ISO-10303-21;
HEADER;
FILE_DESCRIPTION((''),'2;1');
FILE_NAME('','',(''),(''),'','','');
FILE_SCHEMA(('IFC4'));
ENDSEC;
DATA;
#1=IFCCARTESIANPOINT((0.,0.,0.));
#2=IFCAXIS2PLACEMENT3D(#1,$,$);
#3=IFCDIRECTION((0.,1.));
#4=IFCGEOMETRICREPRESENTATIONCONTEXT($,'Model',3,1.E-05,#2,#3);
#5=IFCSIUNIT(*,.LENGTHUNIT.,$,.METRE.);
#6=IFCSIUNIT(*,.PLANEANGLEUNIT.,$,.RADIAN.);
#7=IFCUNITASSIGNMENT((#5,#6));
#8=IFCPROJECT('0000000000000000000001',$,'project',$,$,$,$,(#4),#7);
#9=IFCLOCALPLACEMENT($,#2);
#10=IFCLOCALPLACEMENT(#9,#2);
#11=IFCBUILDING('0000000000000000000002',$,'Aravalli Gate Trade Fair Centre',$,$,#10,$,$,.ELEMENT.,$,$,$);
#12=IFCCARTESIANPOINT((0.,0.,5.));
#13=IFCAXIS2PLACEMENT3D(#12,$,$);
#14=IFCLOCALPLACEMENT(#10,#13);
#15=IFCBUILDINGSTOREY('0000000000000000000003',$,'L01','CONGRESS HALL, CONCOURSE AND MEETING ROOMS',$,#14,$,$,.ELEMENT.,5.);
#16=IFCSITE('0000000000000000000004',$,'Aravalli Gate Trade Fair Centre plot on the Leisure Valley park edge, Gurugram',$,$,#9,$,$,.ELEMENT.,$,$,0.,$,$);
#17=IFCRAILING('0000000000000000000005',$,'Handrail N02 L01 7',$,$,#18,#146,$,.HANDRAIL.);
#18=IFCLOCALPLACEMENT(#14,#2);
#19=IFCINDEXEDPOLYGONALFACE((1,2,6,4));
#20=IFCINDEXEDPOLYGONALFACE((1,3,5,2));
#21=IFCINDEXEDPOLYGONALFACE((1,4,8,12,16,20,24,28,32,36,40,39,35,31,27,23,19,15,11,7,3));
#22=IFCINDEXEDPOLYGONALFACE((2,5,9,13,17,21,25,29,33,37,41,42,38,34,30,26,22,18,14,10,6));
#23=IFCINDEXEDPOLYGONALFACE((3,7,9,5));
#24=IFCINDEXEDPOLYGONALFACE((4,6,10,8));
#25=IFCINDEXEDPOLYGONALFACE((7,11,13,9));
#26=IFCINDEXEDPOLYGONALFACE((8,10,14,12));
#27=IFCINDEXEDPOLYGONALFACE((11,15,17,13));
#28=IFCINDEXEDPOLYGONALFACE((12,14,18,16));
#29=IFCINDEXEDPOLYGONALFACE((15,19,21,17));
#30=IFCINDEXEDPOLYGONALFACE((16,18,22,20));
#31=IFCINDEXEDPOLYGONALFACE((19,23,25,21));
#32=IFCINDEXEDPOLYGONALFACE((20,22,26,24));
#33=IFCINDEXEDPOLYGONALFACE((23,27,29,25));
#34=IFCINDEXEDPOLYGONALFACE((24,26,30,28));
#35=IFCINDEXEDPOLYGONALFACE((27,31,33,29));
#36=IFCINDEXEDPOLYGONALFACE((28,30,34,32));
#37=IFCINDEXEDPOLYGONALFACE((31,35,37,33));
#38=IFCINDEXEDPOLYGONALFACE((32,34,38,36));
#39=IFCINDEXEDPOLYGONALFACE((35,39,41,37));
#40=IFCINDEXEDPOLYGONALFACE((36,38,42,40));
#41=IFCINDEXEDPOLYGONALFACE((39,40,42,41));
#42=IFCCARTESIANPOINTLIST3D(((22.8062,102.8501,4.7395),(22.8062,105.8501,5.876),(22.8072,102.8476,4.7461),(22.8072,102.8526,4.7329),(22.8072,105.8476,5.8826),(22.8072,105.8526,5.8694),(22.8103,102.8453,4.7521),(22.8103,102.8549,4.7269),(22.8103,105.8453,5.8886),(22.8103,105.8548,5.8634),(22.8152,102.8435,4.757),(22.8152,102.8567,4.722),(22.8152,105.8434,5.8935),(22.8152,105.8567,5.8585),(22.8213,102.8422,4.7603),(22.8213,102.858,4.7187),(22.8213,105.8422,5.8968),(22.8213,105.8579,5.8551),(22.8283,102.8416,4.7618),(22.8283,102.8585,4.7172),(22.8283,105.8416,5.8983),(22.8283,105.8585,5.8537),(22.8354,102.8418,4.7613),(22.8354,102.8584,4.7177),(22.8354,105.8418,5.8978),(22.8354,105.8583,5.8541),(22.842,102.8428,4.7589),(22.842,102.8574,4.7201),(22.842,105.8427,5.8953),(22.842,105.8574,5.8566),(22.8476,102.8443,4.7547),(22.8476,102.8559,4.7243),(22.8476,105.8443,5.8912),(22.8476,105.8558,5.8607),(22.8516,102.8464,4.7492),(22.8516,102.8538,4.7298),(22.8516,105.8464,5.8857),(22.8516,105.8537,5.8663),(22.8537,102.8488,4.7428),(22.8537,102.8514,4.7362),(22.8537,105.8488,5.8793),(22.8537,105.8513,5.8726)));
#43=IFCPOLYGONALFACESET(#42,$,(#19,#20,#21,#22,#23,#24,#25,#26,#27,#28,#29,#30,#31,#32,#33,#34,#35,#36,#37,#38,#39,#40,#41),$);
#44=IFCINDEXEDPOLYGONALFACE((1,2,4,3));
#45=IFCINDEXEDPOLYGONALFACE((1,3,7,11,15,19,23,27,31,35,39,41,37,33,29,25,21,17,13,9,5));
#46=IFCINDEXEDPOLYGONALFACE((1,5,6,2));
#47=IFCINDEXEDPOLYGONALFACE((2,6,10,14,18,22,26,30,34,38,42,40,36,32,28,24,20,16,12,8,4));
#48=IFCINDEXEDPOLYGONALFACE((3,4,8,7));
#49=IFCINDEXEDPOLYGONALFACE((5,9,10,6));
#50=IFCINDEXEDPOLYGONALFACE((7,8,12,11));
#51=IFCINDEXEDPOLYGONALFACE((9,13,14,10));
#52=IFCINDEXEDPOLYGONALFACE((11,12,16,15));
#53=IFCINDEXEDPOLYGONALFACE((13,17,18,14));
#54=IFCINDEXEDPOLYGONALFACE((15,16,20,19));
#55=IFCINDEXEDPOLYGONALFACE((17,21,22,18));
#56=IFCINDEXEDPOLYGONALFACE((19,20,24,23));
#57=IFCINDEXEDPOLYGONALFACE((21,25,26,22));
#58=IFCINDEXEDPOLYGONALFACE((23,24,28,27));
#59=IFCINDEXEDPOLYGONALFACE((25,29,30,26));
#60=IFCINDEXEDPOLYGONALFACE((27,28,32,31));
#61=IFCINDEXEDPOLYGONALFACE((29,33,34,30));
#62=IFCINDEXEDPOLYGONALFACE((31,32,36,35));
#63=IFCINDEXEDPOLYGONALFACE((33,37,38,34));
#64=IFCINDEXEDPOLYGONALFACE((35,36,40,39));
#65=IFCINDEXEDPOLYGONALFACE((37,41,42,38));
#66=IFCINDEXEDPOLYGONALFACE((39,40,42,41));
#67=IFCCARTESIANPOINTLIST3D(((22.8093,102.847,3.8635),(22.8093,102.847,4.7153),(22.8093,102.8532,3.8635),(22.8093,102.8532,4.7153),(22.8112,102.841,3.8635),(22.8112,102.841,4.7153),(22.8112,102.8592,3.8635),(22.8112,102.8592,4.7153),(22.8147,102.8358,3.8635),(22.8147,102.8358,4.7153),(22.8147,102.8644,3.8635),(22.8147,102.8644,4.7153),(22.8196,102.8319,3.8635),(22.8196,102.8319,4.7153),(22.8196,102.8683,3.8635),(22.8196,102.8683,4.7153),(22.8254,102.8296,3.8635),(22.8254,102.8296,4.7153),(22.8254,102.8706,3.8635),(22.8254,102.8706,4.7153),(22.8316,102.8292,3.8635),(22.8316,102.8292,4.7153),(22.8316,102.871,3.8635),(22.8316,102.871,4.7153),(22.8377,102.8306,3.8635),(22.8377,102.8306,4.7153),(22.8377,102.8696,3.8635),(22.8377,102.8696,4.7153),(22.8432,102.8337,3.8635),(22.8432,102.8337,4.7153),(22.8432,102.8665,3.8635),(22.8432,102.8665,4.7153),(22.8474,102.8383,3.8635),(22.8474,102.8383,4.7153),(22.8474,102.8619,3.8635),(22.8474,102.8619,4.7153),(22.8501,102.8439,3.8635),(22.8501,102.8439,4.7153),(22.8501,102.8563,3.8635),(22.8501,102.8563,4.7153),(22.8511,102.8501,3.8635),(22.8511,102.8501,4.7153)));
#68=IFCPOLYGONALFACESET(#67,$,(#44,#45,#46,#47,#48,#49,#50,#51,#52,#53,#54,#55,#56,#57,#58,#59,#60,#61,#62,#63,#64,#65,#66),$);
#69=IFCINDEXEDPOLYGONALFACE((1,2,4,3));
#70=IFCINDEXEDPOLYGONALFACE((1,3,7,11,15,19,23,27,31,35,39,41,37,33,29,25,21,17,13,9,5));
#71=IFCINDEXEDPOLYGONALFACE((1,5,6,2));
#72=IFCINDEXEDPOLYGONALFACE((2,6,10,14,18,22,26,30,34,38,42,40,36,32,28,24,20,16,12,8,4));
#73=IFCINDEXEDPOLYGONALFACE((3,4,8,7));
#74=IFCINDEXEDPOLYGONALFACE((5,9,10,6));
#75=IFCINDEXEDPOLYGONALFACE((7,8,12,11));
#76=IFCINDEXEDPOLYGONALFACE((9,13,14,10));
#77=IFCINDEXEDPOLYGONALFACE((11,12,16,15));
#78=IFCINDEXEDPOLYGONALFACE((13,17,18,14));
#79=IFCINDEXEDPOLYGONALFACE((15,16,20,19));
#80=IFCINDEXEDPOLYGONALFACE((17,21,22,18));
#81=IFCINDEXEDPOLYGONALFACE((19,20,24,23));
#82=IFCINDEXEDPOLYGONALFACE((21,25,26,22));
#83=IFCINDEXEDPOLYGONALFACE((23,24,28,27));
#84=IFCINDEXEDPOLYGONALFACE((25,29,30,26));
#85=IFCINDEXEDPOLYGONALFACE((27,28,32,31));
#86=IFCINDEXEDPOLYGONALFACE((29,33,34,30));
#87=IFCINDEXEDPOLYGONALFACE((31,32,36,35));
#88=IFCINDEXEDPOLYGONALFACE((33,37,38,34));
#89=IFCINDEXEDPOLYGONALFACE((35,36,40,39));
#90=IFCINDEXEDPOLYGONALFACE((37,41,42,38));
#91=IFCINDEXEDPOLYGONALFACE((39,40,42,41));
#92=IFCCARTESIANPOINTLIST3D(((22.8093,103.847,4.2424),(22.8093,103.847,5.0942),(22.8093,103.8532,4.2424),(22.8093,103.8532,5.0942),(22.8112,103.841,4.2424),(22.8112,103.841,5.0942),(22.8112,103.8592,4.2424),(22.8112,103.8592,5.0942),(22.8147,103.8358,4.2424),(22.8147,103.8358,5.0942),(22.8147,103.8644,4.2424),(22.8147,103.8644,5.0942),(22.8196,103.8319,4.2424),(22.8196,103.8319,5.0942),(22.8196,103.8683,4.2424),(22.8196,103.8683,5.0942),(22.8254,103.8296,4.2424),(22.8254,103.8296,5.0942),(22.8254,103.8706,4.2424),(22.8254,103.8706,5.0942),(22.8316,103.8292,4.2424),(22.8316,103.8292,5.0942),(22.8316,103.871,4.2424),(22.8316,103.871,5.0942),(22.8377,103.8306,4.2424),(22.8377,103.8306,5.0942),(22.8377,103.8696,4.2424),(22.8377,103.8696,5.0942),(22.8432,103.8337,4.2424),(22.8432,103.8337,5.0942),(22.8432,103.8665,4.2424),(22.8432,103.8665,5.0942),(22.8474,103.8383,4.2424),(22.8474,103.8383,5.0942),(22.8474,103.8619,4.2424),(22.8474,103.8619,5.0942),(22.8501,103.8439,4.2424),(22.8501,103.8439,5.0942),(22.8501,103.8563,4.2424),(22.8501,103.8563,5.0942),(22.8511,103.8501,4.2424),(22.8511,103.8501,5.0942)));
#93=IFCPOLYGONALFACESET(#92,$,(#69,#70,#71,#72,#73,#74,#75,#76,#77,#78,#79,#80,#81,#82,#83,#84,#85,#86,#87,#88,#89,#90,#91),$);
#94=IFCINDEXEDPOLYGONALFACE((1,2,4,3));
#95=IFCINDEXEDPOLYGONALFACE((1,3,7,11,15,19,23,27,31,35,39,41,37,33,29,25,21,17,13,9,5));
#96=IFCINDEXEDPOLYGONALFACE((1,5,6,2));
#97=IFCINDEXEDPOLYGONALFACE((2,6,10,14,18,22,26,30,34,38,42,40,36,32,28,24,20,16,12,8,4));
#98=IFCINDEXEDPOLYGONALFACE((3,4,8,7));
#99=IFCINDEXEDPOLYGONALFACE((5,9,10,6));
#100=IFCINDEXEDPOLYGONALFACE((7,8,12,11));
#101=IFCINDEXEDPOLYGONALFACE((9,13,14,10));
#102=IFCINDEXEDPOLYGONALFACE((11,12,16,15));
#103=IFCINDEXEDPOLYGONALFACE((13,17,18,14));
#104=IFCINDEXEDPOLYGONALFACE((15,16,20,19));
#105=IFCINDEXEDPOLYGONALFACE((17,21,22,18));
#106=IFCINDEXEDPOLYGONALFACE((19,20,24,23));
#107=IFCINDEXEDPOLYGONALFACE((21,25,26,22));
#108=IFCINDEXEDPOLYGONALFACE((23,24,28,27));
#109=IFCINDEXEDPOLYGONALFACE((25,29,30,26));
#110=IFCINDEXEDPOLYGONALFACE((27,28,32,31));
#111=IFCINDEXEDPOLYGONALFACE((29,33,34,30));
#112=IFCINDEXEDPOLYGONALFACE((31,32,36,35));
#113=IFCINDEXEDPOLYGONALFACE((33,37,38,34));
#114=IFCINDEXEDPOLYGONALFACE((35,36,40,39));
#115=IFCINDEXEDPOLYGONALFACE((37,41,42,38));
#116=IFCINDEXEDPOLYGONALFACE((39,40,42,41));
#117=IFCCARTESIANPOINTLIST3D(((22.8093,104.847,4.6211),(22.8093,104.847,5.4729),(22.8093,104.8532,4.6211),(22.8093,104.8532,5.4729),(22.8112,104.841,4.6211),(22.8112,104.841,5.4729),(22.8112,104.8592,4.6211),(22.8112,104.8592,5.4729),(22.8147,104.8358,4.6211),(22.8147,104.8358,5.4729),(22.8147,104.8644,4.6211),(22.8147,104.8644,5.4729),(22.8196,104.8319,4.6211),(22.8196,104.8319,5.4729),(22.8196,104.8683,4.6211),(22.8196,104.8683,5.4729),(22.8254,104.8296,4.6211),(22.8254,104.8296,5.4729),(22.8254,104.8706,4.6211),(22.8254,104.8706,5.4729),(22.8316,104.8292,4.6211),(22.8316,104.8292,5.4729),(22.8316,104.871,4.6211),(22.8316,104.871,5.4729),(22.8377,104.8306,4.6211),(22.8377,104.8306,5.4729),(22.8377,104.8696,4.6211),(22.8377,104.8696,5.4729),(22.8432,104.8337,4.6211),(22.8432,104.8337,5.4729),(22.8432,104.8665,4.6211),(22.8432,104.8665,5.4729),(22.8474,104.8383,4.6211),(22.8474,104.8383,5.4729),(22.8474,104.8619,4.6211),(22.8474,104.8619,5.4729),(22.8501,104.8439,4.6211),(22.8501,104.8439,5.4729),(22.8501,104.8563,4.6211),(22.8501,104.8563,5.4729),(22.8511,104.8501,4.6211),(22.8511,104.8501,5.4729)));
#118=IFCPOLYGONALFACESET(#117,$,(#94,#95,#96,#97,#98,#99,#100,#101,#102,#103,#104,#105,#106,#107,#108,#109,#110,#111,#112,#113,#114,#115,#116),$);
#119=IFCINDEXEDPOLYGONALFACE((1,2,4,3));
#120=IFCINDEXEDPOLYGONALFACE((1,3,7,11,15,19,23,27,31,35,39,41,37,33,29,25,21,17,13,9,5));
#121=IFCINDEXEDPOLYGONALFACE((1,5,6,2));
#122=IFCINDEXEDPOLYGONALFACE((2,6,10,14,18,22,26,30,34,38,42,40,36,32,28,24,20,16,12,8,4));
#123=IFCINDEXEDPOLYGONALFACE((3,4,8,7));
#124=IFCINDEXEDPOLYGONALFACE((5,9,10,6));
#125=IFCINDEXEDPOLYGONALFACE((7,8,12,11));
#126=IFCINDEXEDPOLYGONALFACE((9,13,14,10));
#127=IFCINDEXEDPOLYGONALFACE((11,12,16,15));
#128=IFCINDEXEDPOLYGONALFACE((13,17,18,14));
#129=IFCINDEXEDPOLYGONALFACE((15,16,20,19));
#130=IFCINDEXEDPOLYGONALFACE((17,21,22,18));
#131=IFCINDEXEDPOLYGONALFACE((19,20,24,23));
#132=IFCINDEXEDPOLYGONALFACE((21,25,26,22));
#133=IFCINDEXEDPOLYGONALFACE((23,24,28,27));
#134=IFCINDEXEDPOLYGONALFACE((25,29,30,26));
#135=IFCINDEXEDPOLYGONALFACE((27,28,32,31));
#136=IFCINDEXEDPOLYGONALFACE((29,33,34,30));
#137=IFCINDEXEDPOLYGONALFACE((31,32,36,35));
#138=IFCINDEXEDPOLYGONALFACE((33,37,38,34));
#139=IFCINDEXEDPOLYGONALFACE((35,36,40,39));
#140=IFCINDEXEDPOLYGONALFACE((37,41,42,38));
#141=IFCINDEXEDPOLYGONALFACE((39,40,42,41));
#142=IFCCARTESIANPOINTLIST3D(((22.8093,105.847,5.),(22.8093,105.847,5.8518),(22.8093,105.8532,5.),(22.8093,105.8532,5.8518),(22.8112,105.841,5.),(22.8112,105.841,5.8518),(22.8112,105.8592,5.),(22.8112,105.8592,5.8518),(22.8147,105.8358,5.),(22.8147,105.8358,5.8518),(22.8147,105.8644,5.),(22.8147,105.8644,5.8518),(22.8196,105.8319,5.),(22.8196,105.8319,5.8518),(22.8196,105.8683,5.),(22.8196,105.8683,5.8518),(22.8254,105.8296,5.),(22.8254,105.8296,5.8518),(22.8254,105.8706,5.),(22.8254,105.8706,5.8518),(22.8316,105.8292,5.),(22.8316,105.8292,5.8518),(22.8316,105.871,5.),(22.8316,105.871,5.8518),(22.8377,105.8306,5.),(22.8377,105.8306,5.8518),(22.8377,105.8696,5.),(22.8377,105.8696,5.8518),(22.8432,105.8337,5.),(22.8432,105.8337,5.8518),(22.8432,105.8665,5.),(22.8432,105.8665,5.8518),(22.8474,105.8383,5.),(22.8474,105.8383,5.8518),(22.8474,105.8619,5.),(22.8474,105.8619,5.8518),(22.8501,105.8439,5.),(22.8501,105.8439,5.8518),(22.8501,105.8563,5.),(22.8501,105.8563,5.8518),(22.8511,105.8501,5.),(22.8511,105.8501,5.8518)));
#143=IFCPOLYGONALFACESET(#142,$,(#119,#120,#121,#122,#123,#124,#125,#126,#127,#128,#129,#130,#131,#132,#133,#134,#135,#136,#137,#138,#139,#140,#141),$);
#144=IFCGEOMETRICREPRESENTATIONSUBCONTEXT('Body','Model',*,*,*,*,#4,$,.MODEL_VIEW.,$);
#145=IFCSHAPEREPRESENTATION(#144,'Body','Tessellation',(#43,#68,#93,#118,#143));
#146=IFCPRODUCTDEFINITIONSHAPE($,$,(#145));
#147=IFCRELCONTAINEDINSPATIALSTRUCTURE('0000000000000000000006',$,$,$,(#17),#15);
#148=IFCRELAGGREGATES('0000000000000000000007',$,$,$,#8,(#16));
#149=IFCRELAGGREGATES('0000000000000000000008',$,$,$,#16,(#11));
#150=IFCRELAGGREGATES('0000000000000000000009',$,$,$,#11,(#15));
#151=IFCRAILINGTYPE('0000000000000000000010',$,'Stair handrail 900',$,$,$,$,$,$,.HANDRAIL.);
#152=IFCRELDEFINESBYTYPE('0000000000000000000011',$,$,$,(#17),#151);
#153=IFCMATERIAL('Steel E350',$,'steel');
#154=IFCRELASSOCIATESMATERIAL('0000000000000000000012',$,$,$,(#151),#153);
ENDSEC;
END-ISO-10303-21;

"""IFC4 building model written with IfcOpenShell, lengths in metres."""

from ifc_helpers import new_model, si_unit, direction, frame, origin, origin_2d, place, context, subcontext, project, spatial, circle, extrude, material, type_object, element, save


model = new_model("IFC4")

# Units and contexts
model_context = context("Model", 3, precision=1e-05, world=origin(), true_north=direction((0.0, 1.0)))
body_context = subcontext(model_context, "Body", "Model", "MODEL_VIEW")
ifc_project = project(units=[si_unit("LENGTHUNIT", "METRE"), si_unit("PLANEANGLEUNIT", "RADIAN")], contexts=[model_context])

# Site, building, storey
site_placement = place(None, origin())
site = spatial("IfcSite", under=ifc_project, at=site_placement, Name="Aravalli Gate Trade Fair Centre plot on the Leisure Valley park edge, Gurugram", CompositionType="ELEMENT", RefElevation=0.0)
building_placement = place(site_placement, origin())
building = spatial("IfcBuilding", under=site, at=building_placement, Name="Aravalli Gate Trade Fair Centre", CompositionType="ELEMENT")
storey_placement = place(building_placement, frame((0.0, 0.0, 5.0)))
storey = spatial("IfcBuildingStorey", under=building, at=storey_placement, Name="L01", Description="CONGRESS HALL, CONCOURSE AND MEETING ROOMS", CompositionType="ELEMENT", Elevation=5.0)

# Railing
ifc_material_1 = material(Name="Steel E350", Category="steel")
railing_type = type_object("IfcRailingType", Name="Stair handrail 900", PredefinedType="HANDRAIL", material=ifc_material_1)
for number, where, name in (
    (1, (22.8301, 102.8501, 3.8635), "Handrail N02 L01 7"),
):
    element("IfcRailing", number, at=place(storey_placement, frame(where)), inside=storey, type_object=railing_type, Name=name, PredefinedType="HANDRAIL", context=body_context, shape_type="SweptSolid", body=[
        extrude(circle(Radius=0.0239, at=origin_2d()), frame((0.0, 0.0, 0.876), z_axis=(0.0, 0.935148, 0.354257), x_axis=(-1.0, 0.0, 0.0)), (0.0, 0.0, 1.0), 3.208),
        extrude(circle(Radius=0.021, at=origin_2d()), origin(), (0.0, 0.0, 1.0), 0.8518),
        extrude(circle(Radius=0.021, at=origin_2d()), frame((0.0, 1.0, 0.3789)), (0.0, 0.0, 1.0), 0.8518),
        extrude(circle(Radius=0.021, at=origin_2d()), frame((0.0, 2.0, 0.7576)), (0.0, 0.0, 1.0), 0.8518),
        extrude(circle(Radius=0.021, at=origin_2d()), frame((0.0, 3.0, 1.1365)), (0.0, 0.0, 1.0), 0.8518),
    ])

save(model, "model.ifc")
